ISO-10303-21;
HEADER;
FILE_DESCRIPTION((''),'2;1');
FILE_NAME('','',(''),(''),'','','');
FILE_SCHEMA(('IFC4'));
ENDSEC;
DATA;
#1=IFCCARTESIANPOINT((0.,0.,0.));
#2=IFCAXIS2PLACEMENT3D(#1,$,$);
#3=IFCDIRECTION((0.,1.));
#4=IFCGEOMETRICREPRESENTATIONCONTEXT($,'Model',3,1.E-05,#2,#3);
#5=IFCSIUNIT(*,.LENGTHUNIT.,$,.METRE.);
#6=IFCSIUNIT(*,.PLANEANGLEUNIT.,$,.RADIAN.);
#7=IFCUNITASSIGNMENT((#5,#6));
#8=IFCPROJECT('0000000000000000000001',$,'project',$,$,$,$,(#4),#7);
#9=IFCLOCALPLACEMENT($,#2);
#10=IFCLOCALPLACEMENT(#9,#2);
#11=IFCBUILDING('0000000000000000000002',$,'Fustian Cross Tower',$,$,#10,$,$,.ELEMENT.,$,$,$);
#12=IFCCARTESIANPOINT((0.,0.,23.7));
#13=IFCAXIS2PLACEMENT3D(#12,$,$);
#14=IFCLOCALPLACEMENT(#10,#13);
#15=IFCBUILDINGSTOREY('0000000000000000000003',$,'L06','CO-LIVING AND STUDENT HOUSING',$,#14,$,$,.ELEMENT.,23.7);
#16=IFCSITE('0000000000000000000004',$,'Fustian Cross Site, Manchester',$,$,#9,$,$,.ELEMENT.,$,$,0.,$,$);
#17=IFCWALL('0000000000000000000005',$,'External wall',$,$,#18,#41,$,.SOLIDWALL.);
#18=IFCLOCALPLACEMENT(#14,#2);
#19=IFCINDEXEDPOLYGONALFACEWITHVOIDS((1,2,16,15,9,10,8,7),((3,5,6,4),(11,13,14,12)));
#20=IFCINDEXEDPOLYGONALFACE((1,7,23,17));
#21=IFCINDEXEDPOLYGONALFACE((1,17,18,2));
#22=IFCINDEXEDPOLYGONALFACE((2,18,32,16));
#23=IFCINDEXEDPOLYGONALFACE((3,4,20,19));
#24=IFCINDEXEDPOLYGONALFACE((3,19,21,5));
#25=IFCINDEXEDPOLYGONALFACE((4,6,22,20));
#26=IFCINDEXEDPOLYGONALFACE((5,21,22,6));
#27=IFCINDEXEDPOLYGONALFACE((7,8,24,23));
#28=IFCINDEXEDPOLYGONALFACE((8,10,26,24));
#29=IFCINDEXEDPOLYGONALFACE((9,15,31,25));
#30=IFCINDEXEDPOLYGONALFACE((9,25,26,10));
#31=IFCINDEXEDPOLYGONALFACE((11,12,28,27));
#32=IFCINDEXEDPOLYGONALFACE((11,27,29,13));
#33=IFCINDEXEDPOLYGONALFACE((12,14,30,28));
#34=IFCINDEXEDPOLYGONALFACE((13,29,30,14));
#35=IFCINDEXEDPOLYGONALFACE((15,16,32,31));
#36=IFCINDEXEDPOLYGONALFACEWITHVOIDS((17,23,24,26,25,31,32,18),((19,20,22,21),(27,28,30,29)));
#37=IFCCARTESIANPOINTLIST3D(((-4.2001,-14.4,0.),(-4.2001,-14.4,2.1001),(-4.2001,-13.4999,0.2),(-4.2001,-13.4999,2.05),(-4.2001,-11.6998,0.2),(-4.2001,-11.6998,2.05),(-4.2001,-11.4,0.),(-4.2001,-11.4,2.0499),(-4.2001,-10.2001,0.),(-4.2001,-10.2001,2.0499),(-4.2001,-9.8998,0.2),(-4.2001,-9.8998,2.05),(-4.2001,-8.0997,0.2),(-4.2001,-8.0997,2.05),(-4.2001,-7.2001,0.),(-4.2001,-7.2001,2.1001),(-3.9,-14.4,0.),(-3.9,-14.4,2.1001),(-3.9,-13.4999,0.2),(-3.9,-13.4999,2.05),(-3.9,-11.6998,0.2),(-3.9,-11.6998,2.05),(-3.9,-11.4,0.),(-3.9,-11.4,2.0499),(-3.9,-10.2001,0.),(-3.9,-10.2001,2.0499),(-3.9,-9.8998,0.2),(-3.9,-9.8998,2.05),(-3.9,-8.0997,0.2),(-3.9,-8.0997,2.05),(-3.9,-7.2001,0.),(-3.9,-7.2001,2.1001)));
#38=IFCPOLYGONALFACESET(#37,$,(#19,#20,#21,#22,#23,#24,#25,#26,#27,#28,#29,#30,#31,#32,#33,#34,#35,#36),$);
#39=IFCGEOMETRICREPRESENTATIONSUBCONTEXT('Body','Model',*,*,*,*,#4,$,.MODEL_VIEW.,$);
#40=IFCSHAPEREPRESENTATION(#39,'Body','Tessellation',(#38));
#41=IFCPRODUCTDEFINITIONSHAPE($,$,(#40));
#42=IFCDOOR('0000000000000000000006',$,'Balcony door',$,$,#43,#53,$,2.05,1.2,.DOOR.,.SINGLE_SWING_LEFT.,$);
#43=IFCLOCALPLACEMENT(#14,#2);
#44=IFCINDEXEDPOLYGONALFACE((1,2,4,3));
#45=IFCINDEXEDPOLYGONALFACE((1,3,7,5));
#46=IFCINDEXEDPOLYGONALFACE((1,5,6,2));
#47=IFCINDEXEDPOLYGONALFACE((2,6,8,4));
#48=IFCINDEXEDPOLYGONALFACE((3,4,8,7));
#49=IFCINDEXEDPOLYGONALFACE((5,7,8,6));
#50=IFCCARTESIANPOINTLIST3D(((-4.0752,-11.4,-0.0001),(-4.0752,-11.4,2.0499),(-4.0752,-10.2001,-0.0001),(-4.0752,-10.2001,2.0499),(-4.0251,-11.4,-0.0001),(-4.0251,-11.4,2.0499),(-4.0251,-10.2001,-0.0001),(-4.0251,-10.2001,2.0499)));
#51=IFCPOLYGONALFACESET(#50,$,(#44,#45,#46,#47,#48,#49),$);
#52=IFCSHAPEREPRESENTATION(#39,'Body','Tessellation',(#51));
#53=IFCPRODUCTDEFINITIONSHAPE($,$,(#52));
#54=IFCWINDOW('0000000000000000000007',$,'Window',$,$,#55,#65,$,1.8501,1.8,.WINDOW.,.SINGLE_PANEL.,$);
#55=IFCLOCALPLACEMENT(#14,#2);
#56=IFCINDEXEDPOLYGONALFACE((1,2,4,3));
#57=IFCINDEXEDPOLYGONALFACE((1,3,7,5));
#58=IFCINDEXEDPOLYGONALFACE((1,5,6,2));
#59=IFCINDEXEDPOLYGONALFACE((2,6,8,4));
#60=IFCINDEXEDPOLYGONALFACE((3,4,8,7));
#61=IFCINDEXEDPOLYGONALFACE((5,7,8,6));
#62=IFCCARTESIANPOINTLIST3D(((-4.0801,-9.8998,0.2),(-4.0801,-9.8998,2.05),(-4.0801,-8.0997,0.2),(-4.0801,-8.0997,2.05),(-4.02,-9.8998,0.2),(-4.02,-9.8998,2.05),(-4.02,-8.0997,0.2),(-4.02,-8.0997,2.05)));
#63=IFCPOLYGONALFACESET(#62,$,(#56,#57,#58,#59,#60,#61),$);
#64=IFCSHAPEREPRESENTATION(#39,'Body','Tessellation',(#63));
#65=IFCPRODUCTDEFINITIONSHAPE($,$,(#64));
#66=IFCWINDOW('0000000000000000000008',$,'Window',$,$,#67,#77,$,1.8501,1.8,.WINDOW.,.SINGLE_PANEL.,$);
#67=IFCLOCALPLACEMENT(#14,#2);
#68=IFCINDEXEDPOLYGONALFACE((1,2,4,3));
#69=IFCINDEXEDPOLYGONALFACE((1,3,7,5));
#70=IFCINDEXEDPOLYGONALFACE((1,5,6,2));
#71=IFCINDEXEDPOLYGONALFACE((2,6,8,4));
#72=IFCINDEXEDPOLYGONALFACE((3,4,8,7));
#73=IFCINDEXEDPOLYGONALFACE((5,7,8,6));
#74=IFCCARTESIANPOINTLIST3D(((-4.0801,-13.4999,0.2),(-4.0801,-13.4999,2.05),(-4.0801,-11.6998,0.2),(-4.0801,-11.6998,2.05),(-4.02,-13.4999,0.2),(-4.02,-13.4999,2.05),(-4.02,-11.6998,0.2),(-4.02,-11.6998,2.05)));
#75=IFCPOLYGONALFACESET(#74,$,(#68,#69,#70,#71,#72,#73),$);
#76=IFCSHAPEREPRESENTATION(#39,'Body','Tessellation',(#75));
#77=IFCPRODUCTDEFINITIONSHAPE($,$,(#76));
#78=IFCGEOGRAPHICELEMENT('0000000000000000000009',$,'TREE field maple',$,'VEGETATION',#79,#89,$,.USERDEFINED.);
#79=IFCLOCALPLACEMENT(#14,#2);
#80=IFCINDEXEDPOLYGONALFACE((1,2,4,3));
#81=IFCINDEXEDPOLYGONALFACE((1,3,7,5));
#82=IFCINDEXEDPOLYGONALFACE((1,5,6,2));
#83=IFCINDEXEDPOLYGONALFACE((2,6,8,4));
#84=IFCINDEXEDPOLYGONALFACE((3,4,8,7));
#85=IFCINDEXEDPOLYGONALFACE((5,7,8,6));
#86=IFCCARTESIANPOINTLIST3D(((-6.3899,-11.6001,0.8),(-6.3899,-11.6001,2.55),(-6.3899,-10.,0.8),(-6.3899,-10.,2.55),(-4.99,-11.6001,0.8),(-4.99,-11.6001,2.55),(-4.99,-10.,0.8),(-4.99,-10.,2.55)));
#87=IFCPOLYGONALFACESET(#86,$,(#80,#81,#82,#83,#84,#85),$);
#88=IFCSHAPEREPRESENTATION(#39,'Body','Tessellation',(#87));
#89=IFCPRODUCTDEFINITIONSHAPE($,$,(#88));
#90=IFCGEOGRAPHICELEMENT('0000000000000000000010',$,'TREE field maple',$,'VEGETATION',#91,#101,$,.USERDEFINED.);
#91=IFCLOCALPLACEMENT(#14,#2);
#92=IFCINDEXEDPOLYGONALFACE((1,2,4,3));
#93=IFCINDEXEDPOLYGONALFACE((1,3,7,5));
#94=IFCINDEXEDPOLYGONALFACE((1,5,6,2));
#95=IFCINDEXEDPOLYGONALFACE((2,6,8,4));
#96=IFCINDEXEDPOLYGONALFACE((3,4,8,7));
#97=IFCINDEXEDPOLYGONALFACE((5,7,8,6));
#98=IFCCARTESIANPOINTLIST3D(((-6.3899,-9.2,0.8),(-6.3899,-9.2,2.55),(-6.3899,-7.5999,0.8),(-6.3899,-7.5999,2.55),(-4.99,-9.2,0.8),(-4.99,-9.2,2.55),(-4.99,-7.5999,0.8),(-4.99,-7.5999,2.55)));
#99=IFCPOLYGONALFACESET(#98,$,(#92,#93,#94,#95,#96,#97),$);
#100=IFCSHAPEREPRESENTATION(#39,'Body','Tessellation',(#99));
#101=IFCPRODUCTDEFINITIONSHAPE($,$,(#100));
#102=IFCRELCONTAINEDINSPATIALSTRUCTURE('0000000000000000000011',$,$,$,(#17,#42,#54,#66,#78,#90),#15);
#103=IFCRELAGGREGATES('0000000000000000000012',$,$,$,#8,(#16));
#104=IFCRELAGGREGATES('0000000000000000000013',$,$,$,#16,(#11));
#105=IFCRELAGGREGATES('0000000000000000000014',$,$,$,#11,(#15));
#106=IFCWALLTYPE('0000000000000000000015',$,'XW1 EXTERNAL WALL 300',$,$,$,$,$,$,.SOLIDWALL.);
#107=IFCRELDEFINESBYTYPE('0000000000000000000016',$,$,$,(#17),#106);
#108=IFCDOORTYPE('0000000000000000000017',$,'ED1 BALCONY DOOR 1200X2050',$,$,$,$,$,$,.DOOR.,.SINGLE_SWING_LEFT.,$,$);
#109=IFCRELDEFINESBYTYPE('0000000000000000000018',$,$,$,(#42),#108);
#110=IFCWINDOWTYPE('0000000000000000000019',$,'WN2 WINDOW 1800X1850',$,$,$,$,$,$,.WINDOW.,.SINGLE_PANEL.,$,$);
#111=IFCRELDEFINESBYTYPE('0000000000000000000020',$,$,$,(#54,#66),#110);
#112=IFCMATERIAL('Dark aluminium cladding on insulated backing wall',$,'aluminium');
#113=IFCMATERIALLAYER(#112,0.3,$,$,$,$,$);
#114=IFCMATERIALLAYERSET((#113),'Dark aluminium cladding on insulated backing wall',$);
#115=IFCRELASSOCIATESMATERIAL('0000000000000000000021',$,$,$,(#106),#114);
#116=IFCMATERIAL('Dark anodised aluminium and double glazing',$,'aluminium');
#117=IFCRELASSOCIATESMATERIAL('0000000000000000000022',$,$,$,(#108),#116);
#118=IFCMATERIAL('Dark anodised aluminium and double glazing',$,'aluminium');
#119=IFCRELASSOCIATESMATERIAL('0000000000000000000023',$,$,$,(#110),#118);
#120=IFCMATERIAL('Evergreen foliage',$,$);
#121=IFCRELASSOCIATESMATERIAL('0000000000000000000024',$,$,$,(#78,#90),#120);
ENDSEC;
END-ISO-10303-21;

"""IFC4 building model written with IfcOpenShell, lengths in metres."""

from ifc_helpers import new_model, si_unit, direction, frame, frame_2d, origin, origin_2d, place, context, subcontext, project, spatial, rectangle, extrude, material, layer, layer_set, type_object, element, fill, save


model = new_model("IFC4")

# Units and contexts
model_context = context("Model", 3, precision=1e-05, world=origin(), true_north=direction((0.0, 1.0)))
body_context = subcontext(model_context, "Body", "Model", "MODEL_VIEW")
ifc_project = project(units=[si_unit("LENGTHUNIT", "METRE"), si_unit("PLANEANGLEUNIT", "RADIAN")], contexts=[model_context])

# Site, building, storey
site_placement = place(None, origin())
site = spatial("IfcSite", under=ifc_project, at=site_placement, Name="Fustian Cross Site, Manchester", CompositionType="ELEMENT", RefElevation=0.0)
building_placement = place(site_placement, origin())
building = spatial("IfcBuilding", under=site, at=building_placement, Name="Fustian Cross Tower", CompositionType="ELEMENT")
storey_placement = place(building_placement, frame((0.0, 0.0, 23.7)))
storey = spatial("IfcBuildingStorey", under=building, at=storey_placement, Name="L06", Description="CO-LIVING AND STUDENT HOUSING", CompositionType="ELEMENT", Elevation=23.7)

# Shared definitions
ifc_material_1 = material(Name="Dark aluminium cladding on insulated backing wall", Category="aluminium")
ifc_layer_1 = layer(ifc_material_1, 0.3)
ifc_layer_set_1 = layer_set([ifc_layer_1], Name="Dark aluminium cladding on insulated backing wall")
wall_type_1 = type_object("IfcWallType", Name="XW1 EXTERNAL WALL 300", PredefinedType="SOLIDWALL", material=ifc_layer_set_1)

# Wall, openings, door, windows
wall_1_placement = place(storey_placement, frame((-4.05, -7.2, 0.0), z_axis=(0.0, 0.0, 1.0), x_axis=(0.0, -1.0, 0.0)))
wall_1 = element("IfcWall", 1, at=wall_1_placement, inside=storey, type_object=wall_type_1, Name="External wall", PredefinedType="SOLIDWALL", context=body_context, shape_type="SweptSolid", body=[
    extrude(rectangle(XDim=7.2, YDim=0.3, at=frame_2d((3.6001, 0.0))), origin(), (0.0, 0.0, 1.0), 2.1001),
])
opening_1_placement = place(wall_1_placement, frame((3.0, 0.0, 0.0)))
opening_1 = element("IfcOpeningElement", 2, at=opening_1_placement, cuts=wall_1, PredefinedType="OPENING", context=body_context, shape_type="SweptSolid", body=[
    extrude(rectangle(XDim=1.2, YDim=2.05, at=frame_2d((0.6001, 1.0249))), frame((0.0, 0.1599, 0.0), z_axis=(0.0, -1.0, 0.0), x_axis=(1.0, 0.0, 0.0)), (0.0, 0.0, 1.0), 0.3201),
])
opening_2_placement = place(wall_1_placement, frame((0.8999, 0.0, 0.2)))
opening_2 = element("IfcOpeningElement", 3, at=opening_2_placement, cuts=wall_1, PredefinedType="OPENING", context=body_context, shape_type="SweptSolid", body=[
    extrude(rectangle(XDim=1.8, YDim=1.8501, at=frame_2d((0.8999, 0.925))), frame((0.0, 0.1599, 0.0), z_axis=(0.0, -1.0, 0.0), x_axis=(1.0, 0.0, 0.0)), (0.0, 0.0, 1.0), 0.3201),
])
opening_3_placement = place(wall_1_placement, frame((4.5, 0.0, 0.2)))
opening_3 = element("IfcOpeningElement", 4, at=opening_3_placement, cuts=wall_1, PredefinedType="OPENING", context=body_context, shape_type="SweptSolid", body=[
    extrude(rectangle(XDim=1.8, YDim=1.8501, at=frame_2d((0.8999, 0.925))), frame((0.0, 0.1599, 0.0), z_axis=(0.0, -1.0, 0.0), x_axis=(1.0, 0.0, 0.0)), (0.0, 0.0, 1.0), 0.3201),
])
ifc_material_2 = material(Name="Dark anodised aluminium and double glazing", Category="aluminium")
door_type_1 = type_object("IfcDoorType", Name="ED1 BALCONY DOOR 1200X2050", OperationType="SINGLE_SWING_LEFT", PredefinedType="DOOR", material=ifc_material_2)
door_1_placement = place(opening_1_placement, origin())
door_1 = element("IfcDoor", 5, at=door_1_placement, inside=storey, type_object=door_type_1, Name="Balcony door", OperationType="SINGLE_SWING_LEFT", OverallHeight=2.05, OverallWidth=1.2, PredefinedType="DOOR", context=body_context, shape_type="SweptSolid", body=[
    extrude(rectangle(XDim=1.2, YDim=2.05, at=frame_2d((0.6001, 1.0249))), frame((0.0, 0.0249, 0.0), z_axis=(0.0, -1.0, 0.0), x_axis=(1.0, 0.0, 0.0)), (0.0, 0.0, 1.0), 0.05),
])
fill(opening_1, door_1)
ifc_material_3 = material(Name="Dark anodised aluminium and double glazing", Category="aluminium")
window_type = type_object("IfcWindowType", Name="WN2 WINDOW 1800X1850", PartitioningType="SINGLE_PANEL", PredefinedType="WINDOW", material=ifc_material_3)
window_1_placement = place(opening_2_placement, origin())
window_1 = element("IfcWindow", 6, at=window_1_placement, inside=storey, type_object=window_type, Name="Window", OverallHeight=1.8501, OverallWidth=1.8, PartitioningType="SINGLE_PANEL", PredefinedType="WINDOW", context=body_context, shape_type="SweptSolid", body=[
    extrude(rectangle(XDim=1.8, YDim=1.8501, at=frame_2d((0.8999, 0.925))), frame((0.0, 0.03, 0.0), z_axis=(0.0, -1.0, 0.0), x_axis=(1.0, 0.0, 0.0)), (0.0, 0.0, 1.0), 0.0601),
])
fill(opening_2, window_1)
window_2_placement = place(opening_3_placement, origin())
window_2 = element("IfcWindow", 7, at=window_2_placement, inside=storey, type_object=window_type, Name="Window", OverallHeight=1.8501, OverallWidth=1.8, PartitioningType="SINGLE_PANEL", PredefinedType="WINDOW", context=body_context, shape_type="SweptSolid", body=[
    extrude(rectangle(XDim=1.8, YDim=1.8501, at=frame_2d((0.8999, 0.925))), frame((0.0, 0.03, 0.0), z_axis=(0.0, -1.0, 0.0), x_axis=(1.0, 0.0, 0.0)), (0.0, 0.0, 1.0), 0.0601),
])
fill(opening_3, window_2)

# Geographic elements
ifc_material_4 = material(Name="Evergreen foliage")
for number, where, z_axis, x_axis, name in (
    (8, (-5.6899, -10.8, 0.8), (0.0, 0.0, 1.0), (1.0, 0.0, 0.0), "TREE field maple"),
    (9, (-5.6899, -8.3999, 0.8), (0.0, 0.0, 1.0), (1.0, 0.0, 0.0), "TREE field maple"),
):
    element("IfcGeographicElement", number, at=place(storey_placement, frame(where, z_axis=z_axis, x_axis=x_axis)), inside=storey, material=ifc_material_4, Name=name, ObjectType="VEGETATION", PredefinedType="USERDEFINED", context=body_context, shape_type="SweptSolid", body=[
        extrude(rectangle(XDim=1.3999, YDim=1.6001, at=origin_2d()), origin(), (0.0, 0.0, 1.0), 1.75),
    ])

save(model, "model.ifc")
